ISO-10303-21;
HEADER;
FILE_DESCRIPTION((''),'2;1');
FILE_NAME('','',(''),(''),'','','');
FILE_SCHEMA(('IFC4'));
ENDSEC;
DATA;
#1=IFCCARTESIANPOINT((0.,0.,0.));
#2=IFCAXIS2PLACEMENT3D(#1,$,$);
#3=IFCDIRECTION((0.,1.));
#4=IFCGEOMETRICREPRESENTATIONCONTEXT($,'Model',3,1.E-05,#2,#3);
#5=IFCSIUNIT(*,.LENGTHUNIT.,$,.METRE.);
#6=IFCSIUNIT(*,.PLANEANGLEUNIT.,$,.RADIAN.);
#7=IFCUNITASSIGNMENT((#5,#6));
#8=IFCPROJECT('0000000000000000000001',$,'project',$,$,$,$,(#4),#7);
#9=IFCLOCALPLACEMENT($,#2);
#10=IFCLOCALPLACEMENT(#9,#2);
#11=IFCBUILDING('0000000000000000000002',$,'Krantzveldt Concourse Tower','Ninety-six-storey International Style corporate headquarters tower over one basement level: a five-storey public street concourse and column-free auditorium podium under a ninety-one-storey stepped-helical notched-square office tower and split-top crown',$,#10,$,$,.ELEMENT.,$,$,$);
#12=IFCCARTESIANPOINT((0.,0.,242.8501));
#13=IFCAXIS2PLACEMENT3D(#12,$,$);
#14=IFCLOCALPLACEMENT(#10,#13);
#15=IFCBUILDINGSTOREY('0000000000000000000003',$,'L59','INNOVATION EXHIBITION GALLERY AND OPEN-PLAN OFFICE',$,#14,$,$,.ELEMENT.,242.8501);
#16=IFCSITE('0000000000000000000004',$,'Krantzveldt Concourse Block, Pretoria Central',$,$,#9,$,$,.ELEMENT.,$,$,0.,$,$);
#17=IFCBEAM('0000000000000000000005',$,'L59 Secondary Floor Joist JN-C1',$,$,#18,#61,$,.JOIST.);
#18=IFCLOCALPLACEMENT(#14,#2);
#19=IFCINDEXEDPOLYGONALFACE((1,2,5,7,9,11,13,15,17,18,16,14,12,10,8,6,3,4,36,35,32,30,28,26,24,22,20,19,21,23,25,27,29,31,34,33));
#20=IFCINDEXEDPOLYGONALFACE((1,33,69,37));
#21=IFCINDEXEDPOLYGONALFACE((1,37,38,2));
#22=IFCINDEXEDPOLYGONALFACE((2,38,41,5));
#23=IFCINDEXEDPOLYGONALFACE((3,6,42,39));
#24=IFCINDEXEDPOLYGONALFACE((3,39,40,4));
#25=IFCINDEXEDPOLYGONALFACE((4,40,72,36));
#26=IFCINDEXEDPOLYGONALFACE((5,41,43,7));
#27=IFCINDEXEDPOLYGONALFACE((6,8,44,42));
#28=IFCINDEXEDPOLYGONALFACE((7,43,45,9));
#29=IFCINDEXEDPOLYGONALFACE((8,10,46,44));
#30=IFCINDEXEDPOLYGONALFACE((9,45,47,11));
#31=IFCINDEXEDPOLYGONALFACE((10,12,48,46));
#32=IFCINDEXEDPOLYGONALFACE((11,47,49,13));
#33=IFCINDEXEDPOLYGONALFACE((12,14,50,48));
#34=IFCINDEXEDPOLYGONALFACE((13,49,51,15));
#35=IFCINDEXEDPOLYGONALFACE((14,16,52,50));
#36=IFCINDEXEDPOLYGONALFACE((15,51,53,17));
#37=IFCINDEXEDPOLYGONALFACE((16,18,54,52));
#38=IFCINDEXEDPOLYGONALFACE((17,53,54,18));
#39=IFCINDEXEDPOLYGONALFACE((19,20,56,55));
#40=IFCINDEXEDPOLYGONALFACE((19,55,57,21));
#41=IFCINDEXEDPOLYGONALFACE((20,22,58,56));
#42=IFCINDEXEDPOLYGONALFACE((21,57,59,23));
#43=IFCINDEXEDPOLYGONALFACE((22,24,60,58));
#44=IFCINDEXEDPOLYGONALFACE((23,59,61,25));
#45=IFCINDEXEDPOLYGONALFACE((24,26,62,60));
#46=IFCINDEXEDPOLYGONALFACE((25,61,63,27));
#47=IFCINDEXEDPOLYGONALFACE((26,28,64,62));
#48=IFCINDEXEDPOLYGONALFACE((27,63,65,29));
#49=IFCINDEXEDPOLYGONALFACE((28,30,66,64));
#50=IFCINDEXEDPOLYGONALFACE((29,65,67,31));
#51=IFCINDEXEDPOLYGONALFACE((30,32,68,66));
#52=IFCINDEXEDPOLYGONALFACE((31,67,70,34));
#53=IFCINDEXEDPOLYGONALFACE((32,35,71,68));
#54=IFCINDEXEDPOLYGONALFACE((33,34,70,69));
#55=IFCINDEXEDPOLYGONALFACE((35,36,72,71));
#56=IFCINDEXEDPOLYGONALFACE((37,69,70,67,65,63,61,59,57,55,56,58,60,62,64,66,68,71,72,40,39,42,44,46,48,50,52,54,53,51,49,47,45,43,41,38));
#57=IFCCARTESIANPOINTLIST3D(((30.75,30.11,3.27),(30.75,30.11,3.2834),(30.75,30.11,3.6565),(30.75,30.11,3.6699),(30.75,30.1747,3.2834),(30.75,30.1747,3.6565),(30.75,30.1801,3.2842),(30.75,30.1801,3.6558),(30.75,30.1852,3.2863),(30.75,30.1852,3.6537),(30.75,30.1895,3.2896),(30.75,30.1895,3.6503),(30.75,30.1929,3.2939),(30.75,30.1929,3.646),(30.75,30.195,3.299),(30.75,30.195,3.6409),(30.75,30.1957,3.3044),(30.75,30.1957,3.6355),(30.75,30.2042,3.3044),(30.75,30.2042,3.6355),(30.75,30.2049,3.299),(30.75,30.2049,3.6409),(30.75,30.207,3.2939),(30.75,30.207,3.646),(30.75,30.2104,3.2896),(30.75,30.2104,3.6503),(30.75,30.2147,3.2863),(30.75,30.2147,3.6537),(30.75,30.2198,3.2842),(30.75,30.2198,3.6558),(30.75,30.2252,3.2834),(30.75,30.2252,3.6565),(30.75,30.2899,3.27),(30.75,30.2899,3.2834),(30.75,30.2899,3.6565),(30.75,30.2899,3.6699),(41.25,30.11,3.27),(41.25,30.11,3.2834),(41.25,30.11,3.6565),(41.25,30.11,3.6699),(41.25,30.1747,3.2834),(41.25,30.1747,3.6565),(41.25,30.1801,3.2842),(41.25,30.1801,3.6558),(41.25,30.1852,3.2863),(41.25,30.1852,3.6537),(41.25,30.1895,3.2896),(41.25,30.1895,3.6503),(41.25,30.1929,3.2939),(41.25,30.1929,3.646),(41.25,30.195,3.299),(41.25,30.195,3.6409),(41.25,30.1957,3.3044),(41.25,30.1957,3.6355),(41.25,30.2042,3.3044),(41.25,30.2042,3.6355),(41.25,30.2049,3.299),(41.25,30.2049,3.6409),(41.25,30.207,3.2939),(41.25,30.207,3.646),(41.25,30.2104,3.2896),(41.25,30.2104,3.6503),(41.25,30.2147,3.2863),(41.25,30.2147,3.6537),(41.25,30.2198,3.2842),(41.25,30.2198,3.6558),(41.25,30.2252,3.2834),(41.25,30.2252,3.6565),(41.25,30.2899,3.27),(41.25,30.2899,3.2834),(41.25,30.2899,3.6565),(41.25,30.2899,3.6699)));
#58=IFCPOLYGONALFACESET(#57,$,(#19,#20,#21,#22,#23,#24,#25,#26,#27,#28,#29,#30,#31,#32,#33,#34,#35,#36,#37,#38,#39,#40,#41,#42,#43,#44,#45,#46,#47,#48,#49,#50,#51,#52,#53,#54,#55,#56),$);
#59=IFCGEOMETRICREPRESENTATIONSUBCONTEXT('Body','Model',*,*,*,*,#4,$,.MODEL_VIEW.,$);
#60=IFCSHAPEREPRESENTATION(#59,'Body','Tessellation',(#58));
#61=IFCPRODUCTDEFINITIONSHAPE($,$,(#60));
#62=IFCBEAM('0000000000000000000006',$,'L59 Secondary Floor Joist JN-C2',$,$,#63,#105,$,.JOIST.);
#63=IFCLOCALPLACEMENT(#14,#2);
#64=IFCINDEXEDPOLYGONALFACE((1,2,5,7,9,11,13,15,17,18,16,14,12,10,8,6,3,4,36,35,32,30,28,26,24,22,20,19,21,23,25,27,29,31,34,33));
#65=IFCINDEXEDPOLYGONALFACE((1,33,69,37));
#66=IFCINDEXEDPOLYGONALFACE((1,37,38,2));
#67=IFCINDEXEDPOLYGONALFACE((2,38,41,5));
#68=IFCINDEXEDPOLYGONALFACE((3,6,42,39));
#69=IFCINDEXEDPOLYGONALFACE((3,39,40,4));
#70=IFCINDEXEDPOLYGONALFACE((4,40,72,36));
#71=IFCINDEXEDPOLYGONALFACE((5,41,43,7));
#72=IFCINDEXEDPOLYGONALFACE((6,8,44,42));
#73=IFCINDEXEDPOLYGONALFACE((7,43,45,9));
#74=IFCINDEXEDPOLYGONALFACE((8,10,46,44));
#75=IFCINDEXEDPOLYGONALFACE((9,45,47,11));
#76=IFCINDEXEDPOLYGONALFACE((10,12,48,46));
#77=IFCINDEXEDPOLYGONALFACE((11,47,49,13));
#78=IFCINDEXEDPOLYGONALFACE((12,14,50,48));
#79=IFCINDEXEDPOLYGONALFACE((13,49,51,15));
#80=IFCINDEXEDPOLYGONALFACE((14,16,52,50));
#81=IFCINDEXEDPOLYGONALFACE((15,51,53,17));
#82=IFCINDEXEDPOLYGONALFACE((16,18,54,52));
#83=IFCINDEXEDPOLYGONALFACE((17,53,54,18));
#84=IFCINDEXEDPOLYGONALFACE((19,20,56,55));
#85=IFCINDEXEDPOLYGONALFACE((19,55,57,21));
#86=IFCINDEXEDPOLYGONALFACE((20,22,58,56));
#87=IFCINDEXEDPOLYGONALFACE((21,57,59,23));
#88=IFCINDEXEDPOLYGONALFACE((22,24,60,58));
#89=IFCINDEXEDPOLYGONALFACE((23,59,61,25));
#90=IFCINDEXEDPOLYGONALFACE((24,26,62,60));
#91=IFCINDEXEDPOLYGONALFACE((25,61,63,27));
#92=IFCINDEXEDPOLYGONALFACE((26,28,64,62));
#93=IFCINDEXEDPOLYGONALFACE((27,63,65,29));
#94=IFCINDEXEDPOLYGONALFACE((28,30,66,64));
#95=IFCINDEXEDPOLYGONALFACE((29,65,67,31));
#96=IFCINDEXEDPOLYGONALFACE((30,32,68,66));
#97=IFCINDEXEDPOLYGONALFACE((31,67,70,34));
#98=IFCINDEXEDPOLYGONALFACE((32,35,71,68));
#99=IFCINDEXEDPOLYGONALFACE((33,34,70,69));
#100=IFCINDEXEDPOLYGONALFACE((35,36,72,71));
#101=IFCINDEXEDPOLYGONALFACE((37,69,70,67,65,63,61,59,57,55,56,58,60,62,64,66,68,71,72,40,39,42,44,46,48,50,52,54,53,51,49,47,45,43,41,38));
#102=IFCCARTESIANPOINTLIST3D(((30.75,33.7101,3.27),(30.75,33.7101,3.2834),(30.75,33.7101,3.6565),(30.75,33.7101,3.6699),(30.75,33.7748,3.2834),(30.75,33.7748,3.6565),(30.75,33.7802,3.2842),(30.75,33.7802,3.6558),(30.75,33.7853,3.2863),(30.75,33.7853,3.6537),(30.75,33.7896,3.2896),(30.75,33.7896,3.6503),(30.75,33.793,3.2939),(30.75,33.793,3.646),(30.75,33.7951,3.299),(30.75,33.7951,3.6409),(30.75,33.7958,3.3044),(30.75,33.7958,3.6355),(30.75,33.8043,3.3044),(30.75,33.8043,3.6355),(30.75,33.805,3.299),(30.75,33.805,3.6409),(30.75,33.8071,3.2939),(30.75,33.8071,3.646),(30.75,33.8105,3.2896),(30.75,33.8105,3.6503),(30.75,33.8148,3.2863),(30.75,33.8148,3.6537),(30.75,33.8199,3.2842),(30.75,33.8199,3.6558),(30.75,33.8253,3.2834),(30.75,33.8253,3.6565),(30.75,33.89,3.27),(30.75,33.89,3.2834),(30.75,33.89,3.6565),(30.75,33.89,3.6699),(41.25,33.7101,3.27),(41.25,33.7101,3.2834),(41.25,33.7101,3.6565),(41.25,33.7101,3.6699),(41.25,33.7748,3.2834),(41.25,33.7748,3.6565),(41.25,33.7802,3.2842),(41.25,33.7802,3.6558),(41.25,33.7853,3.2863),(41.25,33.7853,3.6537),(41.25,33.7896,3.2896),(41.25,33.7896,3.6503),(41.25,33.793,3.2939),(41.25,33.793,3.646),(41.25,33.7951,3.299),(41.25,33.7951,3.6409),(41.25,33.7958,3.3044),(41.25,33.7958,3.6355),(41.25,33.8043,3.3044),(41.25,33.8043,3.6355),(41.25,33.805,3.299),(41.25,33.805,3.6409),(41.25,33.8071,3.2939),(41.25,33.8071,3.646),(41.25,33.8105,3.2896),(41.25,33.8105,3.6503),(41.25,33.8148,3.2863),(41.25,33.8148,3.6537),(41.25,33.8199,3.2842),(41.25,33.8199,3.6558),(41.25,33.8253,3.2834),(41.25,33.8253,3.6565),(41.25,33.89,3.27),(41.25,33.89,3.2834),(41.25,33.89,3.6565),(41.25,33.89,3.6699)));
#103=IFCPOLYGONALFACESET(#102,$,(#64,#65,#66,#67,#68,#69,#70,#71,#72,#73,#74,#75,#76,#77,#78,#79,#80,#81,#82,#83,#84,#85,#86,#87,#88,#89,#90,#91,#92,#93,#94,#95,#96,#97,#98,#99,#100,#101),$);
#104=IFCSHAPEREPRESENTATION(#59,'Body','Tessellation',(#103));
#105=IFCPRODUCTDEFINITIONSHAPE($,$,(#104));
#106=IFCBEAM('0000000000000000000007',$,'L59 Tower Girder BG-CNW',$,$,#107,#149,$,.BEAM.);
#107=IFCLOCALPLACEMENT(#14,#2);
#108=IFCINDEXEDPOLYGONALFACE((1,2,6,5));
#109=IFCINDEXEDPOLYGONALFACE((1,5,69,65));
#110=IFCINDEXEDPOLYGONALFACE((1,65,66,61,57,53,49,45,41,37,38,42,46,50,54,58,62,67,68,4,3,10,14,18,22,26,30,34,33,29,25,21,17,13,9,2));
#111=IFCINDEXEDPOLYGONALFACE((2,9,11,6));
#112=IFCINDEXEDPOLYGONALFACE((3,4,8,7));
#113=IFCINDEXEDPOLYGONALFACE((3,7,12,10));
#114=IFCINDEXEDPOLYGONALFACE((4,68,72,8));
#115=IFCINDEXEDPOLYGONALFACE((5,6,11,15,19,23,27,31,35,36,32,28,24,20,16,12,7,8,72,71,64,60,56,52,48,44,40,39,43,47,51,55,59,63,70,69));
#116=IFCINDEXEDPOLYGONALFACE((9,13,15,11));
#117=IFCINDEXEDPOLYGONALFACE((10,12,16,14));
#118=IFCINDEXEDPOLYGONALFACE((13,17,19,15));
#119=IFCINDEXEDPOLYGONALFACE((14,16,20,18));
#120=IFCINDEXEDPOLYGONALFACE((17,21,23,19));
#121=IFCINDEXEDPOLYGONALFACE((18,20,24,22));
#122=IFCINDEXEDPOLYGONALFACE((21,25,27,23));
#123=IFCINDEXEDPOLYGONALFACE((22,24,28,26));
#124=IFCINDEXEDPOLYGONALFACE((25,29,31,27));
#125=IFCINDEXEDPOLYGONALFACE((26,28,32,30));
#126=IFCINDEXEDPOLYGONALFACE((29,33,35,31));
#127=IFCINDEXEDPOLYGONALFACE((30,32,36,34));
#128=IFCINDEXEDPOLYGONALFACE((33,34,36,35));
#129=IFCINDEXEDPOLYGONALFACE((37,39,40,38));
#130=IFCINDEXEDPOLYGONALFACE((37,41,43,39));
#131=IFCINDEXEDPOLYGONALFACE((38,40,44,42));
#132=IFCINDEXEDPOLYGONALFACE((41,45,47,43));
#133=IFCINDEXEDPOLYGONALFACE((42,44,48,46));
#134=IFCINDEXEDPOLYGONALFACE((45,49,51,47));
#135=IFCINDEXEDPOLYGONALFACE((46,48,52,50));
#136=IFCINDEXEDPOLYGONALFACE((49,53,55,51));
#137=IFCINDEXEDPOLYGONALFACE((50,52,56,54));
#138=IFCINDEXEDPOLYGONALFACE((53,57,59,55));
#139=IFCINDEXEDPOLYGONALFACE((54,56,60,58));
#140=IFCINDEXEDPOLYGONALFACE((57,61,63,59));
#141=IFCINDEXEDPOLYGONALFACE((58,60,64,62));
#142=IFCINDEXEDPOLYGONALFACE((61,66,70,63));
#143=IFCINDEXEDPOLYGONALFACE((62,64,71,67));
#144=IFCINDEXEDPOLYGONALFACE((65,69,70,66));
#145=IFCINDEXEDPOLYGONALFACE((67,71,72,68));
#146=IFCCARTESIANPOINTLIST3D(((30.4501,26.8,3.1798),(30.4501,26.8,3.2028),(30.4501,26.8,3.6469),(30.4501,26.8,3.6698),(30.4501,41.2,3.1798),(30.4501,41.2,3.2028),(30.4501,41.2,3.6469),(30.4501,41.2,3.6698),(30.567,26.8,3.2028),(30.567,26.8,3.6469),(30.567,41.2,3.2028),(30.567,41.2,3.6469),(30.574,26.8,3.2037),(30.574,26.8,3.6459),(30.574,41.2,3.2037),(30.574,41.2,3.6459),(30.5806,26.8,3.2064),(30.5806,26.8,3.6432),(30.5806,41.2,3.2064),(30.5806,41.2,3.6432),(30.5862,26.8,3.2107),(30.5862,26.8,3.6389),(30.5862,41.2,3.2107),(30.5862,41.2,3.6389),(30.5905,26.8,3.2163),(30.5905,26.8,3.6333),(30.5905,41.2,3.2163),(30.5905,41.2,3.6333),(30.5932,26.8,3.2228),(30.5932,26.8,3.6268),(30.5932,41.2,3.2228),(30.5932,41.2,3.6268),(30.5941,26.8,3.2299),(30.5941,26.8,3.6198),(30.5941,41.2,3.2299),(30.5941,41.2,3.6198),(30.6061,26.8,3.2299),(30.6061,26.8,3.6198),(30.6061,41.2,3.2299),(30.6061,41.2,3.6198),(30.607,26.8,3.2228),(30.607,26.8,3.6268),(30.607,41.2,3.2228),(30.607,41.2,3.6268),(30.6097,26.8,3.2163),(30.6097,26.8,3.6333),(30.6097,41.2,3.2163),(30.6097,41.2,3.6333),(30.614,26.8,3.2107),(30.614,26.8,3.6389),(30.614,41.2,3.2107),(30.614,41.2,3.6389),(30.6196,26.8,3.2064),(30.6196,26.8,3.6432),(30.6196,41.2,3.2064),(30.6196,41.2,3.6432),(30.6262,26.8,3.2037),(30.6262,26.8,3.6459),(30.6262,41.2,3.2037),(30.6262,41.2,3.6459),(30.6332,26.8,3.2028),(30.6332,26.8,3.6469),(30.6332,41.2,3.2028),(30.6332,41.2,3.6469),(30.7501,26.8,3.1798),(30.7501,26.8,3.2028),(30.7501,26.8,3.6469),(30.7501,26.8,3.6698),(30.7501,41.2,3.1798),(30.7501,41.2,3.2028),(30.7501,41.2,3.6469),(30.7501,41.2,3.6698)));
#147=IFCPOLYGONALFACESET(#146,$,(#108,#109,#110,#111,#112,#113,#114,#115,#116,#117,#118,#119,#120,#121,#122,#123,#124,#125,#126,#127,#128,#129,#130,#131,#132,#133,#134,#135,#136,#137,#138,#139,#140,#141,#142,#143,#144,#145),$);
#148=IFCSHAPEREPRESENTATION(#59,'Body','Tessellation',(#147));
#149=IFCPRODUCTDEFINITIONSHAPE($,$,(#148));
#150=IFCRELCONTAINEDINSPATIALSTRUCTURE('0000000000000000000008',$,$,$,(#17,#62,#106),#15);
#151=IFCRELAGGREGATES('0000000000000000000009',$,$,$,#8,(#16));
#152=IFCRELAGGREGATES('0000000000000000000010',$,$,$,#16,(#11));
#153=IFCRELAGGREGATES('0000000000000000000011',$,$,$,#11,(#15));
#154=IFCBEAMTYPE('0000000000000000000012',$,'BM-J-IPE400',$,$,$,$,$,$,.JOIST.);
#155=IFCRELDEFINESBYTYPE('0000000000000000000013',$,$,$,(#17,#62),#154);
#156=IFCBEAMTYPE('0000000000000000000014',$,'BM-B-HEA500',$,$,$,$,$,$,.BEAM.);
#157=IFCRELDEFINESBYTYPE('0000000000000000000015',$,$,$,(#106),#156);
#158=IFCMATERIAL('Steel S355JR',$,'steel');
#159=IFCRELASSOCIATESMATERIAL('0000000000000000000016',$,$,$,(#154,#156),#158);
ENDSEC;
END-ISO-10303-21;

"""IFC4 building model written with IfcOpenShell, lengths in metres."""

from ifc_helpers import new_model, si_unit, direction, frame, origin, origin_2d, place, context, subcontext, project, spatial, i_section, extrude, source, transform, mapped, material, material_profile, profile_set, type_object, type_shapes, element, save


model = new_model("IFC4")

# Units and contexts
model_context = context("Model", 3, precision=1e-05, world=origin(), true_north=direction((0.0, 1.0)))
body_context = subcontext(model_context, "Body", "Model", "MODEL_VIEW")
ifc_project = project(units=[si_unit("LENGTHUNIT", "METRE"), si_unit("PLANEANGLEUNIT", "RADIAN")], contexts=[model_context])

# Site, building, storey
site_placement = place(None, origin())
site = spatial("IfcSite", under=ifc_project, at=site_placement, Name="Krantzveldt Concourse Block, Pretoria Central", CompositionType="ELEMENT", RefElevation=0.0)
building_placement = place(site_placement, origin())
building = spatial("IfcBuilding", under=site, at=building_placement, Name="Krantzveldt Concourse Tower", Description="Ninety-six-storey International Style corporate headquarters tower over one basement level: a five-storey public street concourse and column-free auditorium podium under a ninety-one-storey stepped-helical notched-square office tower and split-top crown", CompositionType="ELEMENT")
storey_placement = place(building_placement, frame((0.0, 0.0, 242.8501)))
storey = spatial("IfcBuildingStorey", under=building, at=storey_placement, Name="L59", Description="INNOVATION EXHIBITION GALLERY AND OPEN-PLAN OFFICE", CompositionType="ELEMENT", Elevation=242.8501)

# Beams
ifc_material_1 = material(Name="Steel S355JR", Category="steel")
ifc_material_profile_1 = material_profile(ifc_material_1, i_section(OverallWidth=0.1799, OverallDepth=0.3999, WebThickness=0.0085, FlangeThickness=0.0134, FilletRadius=0.021, at=origin_2d()), Name="Steel S355JR", Category="steel")
ifc_profile_set_1 = profile_set([ifc_material_profile_1], Name="Steel S355JR - IPE 400")
beam_type_1 = type_object("IfcBeamType", Name="BM-J-IPE400", PredefinedType="JOIST", material=ifc_profile_set_1)
shared_shape_1 = source(origin(), body_context, "Body", "SweptSolid", [
    extrude(i_section(OverallWidth=0.1799, OverallDepth=0.3999, WebThickness=0.0085, FlangeThickness=0.0134, FilletRadius=0.021, at=origin_2d()), origin(), (0.0, 0.0, 1.0), 10.5),
])
for number, where, z_axis, x_axis, name in (
    (1, (30.75, 30.2, 3.47), (1.0, 0.0, 0.0), (0.0, 1.0, 0.0), "L59 Secondary Floor Joist JN-C1"),
    (2, (30.75, 33.8, 3.47), (1.0, 0.0, 0.0), (0.0, 1.0, 0.0), "L59 Secondary Floor Joist JN-C2"),
):
    element("IfcBeam", number, at=place(storey_placement, frame(where, z_axis=z_axis, x_axis=x_axis)), inside=storey, type_object=beam_type_1, Name=name, PredefinedType="JOIST", context=body_context, shape_type="MappedRepresentation", body=[
        mapped(shared_shape_1, transform((0.0, 0.0, 0.0), x_axis=(1.0, 0.0, 0.0), y_axis=(0.0, 1.0, 0.0), z_axis=(0.0, 0.0, 1.0), scale=1.0)),
    ])
ifc_material_profile_2 = material_profile(ifc_material_1, i_section(OverallWidth=0.3, OverallDepth=0.49, WebThickness=0.012, FlangeThickness=0.0229, FilletRadius=0.0271, at=origin_2d()), Name="Steel S355JR", Category="steel")
ifc_profile_set_2 = profile_set([ifc_material_profile_2], Name="Steel S355JR - HEA 500")
beam_type_2 = type_object("IfcBeamType", Name="BM-B-HEA500", PredefinedType="BEAM", material=ifc_profile_set_2)
shared_shape_2 = source(origin(), body_context, "Body", "SweptSolid", [
    extrude(i_section(OverallWidth=0.3, OverallDepth=0.49, WebThickness=0.012, FlangeThickness=0.0229, FilletRadius=0.0271, at=origin_2d()), origin(), (0.0, 0.0, 1.0), 14.3999),
])
type_shapes(beam_type_2, [shared_shape_2])
beam_1_placement = place(storey_placement, frame((30.6001, 26.8, 3.4248), z_axis=(0.0, 1.0, 0.0), x_axis=(-1.0, 0.0, 0.0)))
element("IfcBeam", 3, at=beam_1_placement, inside=storey, type_object=beam_type_2, Name="L59 Tower Girder BG-CNW", PredefinedType="BEAM", context=body_context, shape_type="MappedRepresentation", body=[
    mapped(shared_shape_2, transform((0.0, 0.0, 0.0), x_axis=(1.0, 0.0, 0.0), y_axis=(0.0, 1.0, 0.0), z_axis=(0.0, 0.0, 1.0), scale=1.0)),
])

save(model, "model.ifc")
